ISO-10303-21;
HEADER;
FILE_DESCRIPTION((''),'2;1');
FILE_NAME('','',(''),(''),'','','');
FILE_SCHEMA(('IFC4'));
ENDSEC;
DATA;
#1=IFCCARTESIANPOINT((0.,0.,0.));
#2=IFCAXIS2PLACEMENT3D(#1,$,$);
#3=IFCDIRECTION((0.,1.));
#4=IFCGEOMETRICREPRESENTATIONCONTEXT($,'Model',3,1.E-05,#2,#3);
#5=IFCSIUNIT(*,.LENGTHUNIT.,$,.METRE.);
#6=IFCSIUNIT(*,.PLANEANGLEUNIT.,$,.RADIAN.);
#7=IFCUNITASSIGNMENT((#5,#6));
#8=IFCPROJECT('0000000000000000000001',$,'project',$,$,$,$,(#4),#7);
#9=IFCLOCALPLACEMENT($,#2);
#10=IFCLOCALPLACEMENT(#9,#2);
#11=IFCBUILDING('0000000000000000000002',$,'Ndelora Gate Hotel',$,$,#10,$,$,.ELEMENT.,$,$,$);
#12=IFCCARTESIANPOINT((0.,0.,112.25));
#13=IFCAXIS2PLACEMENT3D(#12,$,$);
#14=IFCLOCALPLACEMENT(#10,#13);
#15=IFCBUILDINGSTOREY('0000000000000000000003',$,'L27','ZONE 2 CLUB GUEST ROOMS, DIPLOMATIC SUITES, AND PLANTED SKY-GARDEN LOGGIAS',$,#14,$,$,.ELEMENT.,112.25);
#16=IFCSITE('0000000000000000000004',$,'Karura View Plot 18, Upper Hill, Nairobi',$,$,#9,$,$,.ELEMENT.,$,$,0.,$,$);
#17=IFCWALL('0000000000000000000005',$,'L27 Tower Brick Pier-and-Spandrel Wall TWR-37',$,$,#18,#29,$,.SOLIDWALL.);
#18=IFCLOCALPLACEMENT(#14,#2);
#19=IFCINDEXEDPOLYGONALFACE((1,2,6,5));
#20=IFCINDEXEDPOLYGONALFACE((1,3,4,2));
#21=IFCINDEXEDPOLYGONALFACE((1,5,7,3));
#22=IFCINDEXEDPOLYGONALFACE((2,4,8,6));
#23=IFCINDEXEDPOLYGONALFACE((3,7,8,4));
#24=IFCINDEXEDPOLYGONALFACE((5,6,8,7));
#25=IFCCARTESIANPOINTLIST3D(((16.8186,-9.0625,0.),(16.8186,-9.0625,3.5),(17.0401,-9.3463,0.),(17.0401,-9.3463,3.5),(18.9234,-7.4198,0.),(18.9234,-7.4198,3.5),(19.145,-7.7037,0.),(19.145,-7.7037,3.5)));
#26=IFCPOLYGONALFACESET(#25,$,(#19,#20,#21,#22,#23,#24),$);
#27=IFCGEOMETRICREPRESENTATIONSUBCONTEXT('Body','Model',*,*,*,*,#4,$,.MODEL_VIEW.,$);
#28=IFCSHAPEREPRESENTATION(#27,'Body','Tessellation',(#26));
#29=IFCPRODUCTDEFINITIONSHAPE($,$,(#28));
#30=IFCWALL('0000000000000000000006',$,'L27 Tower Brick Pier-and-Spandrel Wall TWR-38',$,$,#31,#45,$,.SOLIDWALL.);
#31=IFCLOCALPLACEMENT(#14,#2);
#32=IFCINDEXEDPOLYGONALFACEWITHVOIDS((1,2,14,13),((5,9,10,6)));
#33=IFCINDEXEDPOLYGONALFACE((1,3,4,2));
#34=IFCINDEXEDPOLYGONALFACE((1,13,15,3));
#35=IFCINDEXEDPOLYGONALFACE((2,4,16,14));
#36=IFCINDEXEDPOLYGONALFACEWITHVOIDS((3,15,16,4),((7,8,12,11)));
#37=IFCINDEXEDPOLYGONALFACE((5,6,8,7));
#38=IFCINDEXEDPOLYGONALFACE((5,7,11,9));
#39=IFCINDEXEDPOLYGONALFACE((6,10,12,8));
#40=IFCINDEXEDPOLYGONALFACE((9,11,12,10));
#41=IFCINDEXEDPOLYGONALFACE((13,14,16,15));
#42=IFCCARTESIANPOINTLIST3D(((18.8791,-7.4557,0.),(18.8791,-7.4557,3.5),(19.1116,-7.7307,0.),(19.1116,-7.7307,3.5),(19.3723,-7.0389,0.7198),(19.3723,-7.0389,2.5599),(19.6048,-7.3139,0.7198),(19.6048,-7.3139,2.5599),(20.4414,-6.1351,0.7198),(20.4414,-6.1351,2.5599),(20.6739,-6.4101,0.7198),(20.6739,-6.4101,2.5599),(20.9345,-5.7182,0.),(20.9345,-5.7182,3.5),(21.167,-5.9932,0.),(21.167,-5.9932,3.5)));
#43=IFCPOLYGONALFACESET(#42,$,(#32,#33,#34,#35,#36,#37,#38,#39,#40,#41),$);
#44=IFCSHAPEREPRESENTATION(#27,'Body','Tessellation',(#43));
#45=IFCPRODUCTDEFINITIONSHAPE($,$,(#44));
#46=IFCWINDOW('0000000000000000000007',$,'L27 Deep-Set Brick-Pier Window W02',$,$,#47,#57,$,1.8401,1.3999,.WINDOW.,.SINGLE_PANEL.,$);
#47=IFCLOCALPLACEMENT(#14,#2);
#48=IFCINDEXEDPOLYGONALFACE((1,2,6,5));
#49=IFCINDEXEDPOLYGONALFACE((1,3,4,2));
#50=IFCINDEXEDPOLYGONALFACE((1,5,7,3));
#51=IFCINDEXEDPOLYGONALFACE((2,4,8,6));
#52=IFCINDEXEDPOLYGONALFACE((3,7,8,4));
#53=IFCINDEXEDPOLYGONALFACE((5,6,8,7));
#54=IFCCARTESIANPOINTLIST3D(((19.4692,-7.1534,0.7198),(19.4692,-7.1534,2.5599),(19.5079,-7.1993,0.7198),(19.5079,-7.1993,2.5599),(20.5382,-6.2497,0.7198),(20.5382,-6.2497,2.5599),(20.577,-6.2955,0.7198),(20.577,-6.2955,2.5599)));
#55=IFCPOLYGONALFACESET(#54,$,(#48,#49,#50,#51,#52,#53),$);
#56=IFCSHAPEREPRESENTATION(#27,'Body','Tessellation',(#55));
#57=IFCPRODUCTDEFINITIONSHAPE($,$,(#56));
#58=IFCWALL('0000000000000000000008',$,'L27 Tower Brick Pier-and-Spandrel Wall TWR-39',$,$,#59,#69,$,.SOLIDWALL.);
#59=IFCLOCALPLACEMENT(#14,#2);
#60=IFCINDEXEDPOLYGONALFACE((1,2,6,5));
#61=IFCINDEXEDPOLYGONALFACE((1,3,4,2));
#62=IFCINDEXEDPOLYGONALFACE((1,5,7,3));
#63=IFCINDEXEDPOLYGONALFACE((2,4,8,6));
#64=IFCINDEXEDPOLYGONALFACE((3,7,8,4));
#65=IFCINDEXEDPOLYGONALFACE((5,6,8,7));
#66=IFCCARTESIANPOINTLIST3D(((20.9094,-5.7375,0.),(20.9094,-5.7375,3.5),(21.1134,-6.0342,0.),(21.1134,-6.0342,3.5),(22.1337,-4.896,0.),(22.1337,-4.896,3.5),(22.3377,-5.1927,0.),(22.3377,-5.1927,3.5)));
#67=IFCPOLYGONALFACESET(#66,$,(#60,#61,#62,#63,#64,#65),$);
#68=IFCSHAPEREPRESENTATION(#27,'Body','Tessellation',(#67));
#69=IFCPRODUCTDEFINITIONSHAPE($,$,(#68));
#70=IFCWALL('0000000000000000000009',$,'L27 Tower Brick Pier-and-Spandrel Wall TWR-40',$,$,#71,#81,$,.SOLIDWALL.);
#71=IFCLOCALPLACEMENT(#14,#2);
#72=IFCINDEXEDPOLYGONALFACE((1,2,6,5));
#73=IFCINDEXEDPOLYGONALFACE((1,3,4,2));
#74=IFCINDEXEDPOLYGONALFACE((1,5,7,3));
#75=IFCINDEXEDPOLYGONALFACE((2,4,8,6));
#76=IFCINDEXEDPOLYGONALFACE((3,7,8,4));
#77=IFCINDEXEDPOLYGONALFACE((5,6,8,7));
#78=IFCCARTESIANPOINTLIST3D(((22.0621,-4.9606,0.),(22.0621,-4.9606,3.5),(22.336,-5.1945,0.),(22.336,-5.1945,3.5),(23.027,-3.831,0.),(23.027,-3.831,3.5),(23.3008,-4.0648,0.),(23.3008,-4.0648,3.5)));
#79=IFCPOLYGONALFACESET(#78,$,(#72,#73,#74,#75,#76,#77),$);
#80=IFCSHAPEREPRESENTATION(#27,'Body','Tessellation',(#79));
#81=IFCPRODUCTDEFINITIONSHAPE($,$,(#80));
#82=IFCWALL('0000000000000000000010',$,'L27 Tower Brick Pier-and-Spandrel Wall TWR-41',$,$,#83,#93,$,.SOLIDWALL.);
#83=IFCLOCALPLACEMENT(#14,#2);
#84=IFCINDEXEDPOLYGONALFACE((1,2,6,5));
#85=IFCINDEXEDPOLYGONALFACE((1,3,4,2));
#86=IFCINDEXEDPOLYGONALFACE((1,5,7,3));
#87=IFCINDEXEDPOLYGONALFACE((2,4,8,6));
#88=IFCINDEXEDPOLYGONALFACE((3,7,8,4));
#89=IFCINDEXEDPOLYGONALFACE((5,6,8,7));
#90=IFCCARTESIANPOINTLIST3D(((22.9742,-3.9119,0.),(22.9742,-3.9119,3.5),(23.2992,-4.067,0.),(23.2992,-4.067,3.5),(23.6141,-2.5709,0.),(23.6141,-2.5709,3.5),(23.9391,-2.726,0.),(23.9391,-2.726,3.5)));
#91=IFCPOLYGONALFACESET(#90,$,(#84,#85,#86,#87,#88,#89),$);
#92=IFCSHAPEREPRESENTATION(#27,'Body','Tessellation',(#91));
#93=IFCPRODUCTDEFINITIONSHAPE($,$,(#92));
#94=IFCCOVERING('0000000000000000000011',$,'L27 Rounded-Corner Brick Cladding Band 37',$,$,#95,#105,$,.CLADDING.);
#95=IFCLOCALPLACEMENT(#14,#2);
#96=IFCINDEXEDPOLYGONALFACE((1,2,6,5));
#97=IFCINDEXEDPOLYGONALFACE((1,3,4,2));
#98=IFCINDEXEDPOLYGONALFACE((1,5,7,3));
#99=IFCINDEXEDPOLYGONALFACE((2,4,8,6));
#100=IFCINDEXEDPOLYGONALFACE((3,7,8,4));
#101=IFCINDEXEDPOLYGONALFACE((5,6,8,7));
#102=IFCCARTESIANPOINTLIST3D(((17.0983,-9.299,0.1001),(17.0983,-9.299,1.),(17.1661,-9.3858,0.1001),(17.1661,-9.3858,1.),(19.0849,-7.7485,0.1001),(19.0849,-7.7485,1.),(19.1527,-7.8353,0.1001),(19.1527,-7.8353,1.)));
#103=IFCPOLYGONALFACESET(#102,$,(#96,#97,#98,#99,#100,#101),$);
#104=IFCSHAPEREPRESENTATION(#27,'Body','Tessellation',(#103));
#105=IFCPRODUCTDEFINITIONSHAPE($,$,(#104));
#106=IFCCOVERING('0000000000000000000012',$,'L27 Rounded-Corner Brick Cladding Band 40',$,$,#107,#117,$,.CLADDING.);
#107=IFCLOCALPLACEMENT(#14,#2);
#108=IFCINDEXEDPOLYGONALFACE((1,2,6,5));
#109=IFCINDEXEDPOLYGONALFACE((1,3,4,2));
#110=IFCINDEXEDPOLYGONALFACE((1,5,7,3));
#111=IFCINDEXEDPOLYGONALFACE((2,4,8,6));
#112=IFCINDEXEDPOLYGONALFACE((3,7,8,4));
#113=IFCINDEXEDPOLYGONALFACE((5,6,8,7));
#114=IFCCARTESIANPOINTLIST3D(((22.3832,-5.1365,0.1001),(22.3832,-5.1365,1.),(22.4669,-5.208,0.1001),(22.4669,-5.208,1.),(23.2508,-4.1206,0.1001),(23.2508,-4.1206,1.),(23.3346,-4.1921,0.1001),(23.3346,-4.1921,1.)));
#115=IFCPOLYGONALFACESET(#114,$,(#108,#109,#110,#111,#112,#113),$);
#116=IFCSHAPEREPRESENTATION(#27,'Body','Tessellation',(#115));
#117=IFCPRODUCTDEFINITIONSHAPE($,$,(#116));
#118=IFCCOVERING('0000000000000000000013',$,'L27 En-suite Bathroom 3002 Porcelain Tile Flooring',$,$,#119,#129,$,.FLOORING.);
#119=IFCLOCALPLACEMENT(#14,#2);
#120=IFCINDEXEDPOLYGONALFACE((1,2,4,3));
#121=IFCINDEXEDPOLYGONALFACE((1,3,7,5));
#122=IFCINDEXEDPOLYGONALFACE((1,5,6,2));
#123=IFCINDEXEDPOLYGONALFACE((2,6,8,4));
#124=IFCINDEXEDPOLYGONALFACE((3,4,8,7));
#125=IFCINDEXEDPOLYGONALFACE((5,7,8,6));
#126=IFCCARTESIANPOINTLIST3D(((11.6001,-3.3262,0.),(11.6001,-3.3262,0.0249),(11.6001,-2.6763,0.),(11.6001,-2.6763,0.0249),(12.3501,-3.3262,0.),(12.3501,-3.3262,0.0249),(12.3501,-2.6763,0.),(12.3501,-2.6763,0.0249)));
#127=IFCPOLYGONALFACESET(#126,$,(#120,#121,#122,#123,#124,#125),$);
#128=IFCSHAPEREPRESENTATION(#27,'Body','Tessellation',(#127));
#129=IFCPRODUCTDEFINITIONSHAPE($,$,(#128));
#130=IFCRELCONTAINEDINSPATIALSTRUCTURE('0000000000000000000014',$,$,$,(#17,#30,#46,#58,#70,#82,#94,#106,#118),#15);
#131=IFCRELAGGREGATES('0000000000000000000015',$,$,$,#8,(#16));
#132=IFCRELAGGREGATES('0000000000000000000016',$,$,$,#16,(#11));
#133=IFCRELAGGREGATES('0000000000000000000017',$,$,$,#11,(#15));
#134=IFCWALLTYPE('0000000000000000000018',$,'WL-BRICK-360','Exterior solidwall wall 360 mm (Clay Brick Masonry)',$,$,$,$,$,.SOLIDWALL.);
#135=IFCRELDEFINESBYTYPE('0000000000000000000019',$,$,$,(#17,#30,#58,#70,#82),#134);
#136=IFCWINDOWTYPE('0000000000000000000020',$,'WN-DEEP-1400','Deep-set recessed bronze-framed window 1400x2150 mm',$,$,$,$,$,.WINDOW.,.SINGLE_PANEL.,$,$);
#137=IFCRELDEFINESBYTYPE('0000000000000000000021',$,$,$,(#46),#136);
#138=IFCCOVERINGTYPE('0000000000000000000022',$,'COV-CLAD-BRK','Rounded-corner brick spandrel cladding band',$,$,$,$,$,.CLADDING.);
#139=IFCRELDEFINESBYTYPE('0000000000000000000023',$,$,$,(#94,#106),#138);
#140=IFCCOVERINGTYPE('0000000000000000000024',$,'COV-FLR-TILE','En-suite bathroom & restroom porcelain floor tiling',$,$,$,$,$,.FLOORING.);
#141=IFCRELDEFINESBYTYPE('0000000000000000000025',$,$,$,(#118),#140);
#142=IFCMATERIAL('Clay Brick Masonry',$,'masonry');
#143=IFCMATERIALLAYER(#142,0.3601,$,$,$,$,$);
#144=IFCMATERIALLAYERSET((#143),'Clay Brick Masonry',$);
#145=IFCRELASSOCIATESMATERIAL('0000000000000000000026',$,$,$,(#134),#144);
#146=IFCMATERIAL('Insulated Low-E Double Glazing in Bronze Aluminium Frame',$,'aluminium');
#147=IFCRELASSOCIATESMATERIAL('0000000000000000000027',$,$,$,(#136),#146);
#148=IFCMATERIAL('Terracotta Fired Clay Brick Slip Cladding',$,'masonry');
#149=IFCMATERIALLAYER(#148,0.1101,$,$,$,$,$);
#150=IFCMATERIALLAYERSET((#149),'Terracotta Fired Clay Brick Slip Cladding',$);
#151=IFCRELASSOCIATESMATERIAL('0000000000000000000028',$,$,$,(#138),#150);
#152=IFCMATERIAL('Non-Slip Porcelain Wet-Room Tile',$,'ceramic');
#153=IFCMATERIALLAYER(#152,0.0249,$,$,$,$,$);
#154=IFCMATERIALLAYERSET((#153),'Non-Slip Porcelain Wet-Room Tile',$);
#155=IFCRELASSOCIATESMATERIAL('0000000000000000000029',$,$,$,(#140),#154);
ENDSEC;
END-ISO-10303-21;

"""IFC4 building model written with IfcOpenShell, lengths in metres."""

from ifc_helpers import new_model, si_unit, direction, frame, frame_2d, origin, origin_2d, place, context, subcontext, project, spatial, rectangle, extrude, material, layer, layer_set, type_object, element, fill, save


model = new_model("IFC4")

# Units and contexts
model_context = context("Model", 3, precision=1e-05, world=origin(), true_north=direction((0.0, 1.0)))
body_context = subcontext(model_context, "Body", "Model", "MODEL_VIEW")
ifc_project = project(units=[si_unit("LENGTHUNIT", "METRE"), si_unit("PLANEANGLEUNIT", "RADIAN")], contexts=[model_context])

# Site, building, storey
site_placement = place(None, origin())
site = spatial("IfcSite", under=ifc_project, at=site_placement, Name="Karura View Plot 18, Upper Hill, Nairobi", CompositionType="ELEMENT", RefElevation=0.0)
building_placement = place(site_placement, origin())
building = spatial("IfcBuilding", under=site, at=building_placement, Name="Ndelora Gate Hotel", CompositionType="ELEMENT")
storey_placement = place(building_placement, frame((0.0, 0.0, 112.25)))
storey = spatial("IfcBuildingStorey", under=building, at=storey_placement, Name="L27", Description="ZONE 2 CLUB GUEST ROOMS, DIPLOMATIC SUITES, AND PLANTED SKY-GARDEN LOGGIAS", CompositionType="ELEMENT", Elevation=112.25)

# Shared definitions
ifc_material_1 = material(Name="Clay Brick Masonry", Category="masonry")
ifc_layer_1 = layer(ifc_material_1, 0.3601)
ifc_layer_set_1 = layer_set([ifc_layer_1], Name="Clay Brick Masonry")
wall_type = type_object("IfcWallType", Name="WL-BRICK-360", Description="Exterior solidwall wall 360 mm (Clay Brick Masonry)", PredefinedType="SOLIDWALL", material=ifc_layer_set_1)
ifc_material_2 = material(Name="Insulated Low-E Double Glazing in Bronze Aluminium Frame", Category="aluminium")

# Wall
wall_1_placement = place(storey_placement, frame((19.0342, -7.5618, 0.0), z_axis=(0.0, 0.0, 1.0), x_axis=(-0.788342, -0.615238, 0.0)))
element("IfcWall", 1, at=wall_1_placement, inside=storey, type_object=wall_type, Name="L27 Tower Brick Pier-and-Spandrel Wall TWR-37", PredefinedType="SOLIDWALL", context=body_context, shape_type="SweptSolid", body=[
    extrude(rectangle(XDim=2.6699, YDim=0.3601, at=frame_2d((1.335, 0.0))), origin(), (0.0, 0.0, 1.0), 3.5),
])

# Wall, opening, window
wall_2_placement = place(storey_placement, frame((21.0508, -5.8557, 0.0), z_axis=(0.0, 0.0, 1.0), x_axis=(-0.763689, -0.645584, 0.0)))
wall_2 = element("IfcWall", 2, at=wall_2_placement, inside=storey, type_object=wall_type, Name="L27 Tower Brick Pier-and-Spandrel Wall TWR-38", PredefinedType="SOLIDWALL", context=body_context, shape_type="SweptSolid", body=[
    extrude(rectangle(XDim=2.6914, YDim=0.3601, at=frame_2d((1.3457, 0.0))), origin(), (0.0, 0.0, 1.0), 3.5),
])
opening_1_placement = place(wall_2_placement, frame((0.6458, 0.0, 0.72)))
opening_1 = element("IfcOpeningElement", 3, at=opening_1_placement, cuts=wall_2, PredefinedType="OPENING", context=body_context, shape_type="SweptSolid", body=[
    extrude(rectangle(XDim=1.3999, YDim=1.8401, at=frame_2d((0.7, 0.9199))), frame((0.0, 0.1899, 0.0), z_axis=(0.0, -1.0, 0.0), x_axis=(1.0, 0.0, 0.0)), (0.0, 0.0, 1.0), 0.3801),
])
window_type_1 = type_object("IfcWindowType", Name="WN-DEEP-1400", Description="Deep-set recessed bronze-framed window 1400x2150 mm", PartitioningType="SINGLE_PANEL", PredefinedType="WINDOW", material=ifc_material_2)
window_1_placement = place(opening_1_placement, origin())
window_1 = element("IfcWindow", 4, at=window_1_placement, inside=storey, type_object=window_type_1, Name="L27 Deep-Set Brick-Pier Window W02", OverallHeight=1.8401, OverallWidth=1.3999, PartitioningType="SINGLE_PANEL", PredefinedType="WINDOW", context=body_context, shape_type="SweptSolid", body=[
    extrude(rectangle(XDim=1.3999, YDim=1.8401, at=frame_2d((0.7, 0.9199))), frame((0.0, 0.03, 0.0), z_axis=(0.0, -1.0, 0.0), x_axis=(1.0, 0.0, 0.0)), (0.0, 0.0, 1.0), 0.0601),
])
fill(opening_1, window_1)

# Walls
for number, where, z_axis, x_axis, name in (
    (5, (22.2356, -5.0444, 0.0), (0.0, 0.0, 1.0), (-0.824104, -0.566438, 0.0), "L27 Tower Brick Pier-and-Spandrel Wall TWR-39"),
    (6, (23.1638, -3.948, 0.0), (0.0, 0.0, 1.0), (-0.649464, -0.760392, 0.0), "L27 Tower Brick Pier-and-Spandrel Wall TWR-40"),
):
    element("IfcWall", number, at=place(storey_placement, frame(where, z_axis=z_axis, x_axis=x_axis)), inside=storey, type_object=wall_type, Name=name, PredefinedType="SOLIDWALL", context=body_context, shape_type="SweptSolid", body=[
        extrude(rectangle(XDim=1.4856, YDim=0.3601, at=frame_2d((0.7427, 0.0))), origin(), (0.0, 0.0, 1.0), 3.5),
    ])
wall_3_placement = place(storey_placement, frame((23.7766, -2.6484, 0.0), z_axis=(0.0, 0.0, 1.0), x_axis=(-0.430641, -0.902523, 0.0)))
element("IfcWall", 7, at=wall_3_placement, inside=storey, type_object=wall_type, Name="L27 Tower Brick Pier-and-Spandrel Wall TWR-41", PredefinedType="SOLIDWALL", context=body_context, shape_type="SweptSolid", body=[
    extrude(rectangle(XDim=1.4858, YDim=0.3601, at=frame_2d((0.7429, 0.0))), origin(), (0.0, 0.0, 1.0), 3.5),
])

# Coverings
ifc_material_3 = material(Name="Terracotta Fired Clay Brick Slip Cladding", Category="masonry")
ifc_layer_2 = layer(ifc_material_3, 0.1101)
ifc_layer_set_2 = layer_set([ifc_layer_2], Name="Terracotta Fired Clay Brick Slip Cladding")
covering_type_1 = type_object("IfcCoveringType", Name="COV-CLAD-BRK", Description="Rounded-corner brick spandrel cladding band", PredefinedType="CLADDING", material=ifc_layer_set_2)
covering_1_placement = place(storey_placement, frame((18.1255, -8.5671, 0.1001), z_axis=(0.0, 0.0, 1.0), x_axis=(0.788333, 0.615249, 0.0)))
element("IfcCovering", 8, at=covering_1_placement, inside=storey, type_object=covering_type_1, Name="L27 Rounded-Corner Brick Cladding Band 37", PredefinedType="CLADDING", context=body_context, shape_type="SweptSolid", body=[
    extrude(rectangle(XDim=2.52, YDim=0.1101, at=origin_2d()), origin(), (0.0, 0.0, 1.0), 0.8999),
])
covering_2_placement = place(storey_placement, frame((22.8589, -4.6643, 0.1001), z_axis=(0.0, 0.0, 1.0), x_axis=(0.649448, 0.760406, 0.0)))
element("IfcCovering", 9, at=covering_2_placement, inside=storey, type_object=covering_type_1, Name="L27 Rounded-Corner Brick Cladding Band 40", PredefinedType="CLADDING", context=body_context, shape_type="SweptSolid", body=[
    extrude(rectangle(XDim=1.3359, YDim=0.1101, at=origin_2d()), origin(), (0.0, 0.0, 1.0), 0.8999),
])
ifc_material_4 = material(Name="Non-Slip Porcelain Wet-Room Tile", Category="ceramic")
ifc_layer_3 = layer(ifc_material_4, 0.0249)
ifc_layer_set_3 = layer_set([ifc_layer_3], Name="Non-Slip Porcelain Wet-Room Tile")
covering_type_2 = type_object("IfcCoveringType", Name="COV-FLR-TILE", Description="En-suite bathroom & restroom porcelain floor tiling", PredefinedType="FLOORING", material=ifc_layer_set_3)
covering_3_placement = place(storey_placement, frame((11.9751, -3.0012, 0.0), z_axis=(0.0, 0.0, 1.0), x_axis=(1.0, 0.0, 0.0)))
element("IfcCovering", 10, at=covering_3_placement, inside=storey, type_object=covering_type_2, Name="L27 En-suite Bathroom 3002 Porcelain Tile Flooring", PredefinedType="FLOORING", context=body_context, shape_type="SweptSolid", body=[
    extrude(rectangle(XDim=0.75, YDim=0.6499, at=origin_2d()), origin(), (0.0, 0.0, 1.0), 0.0249),
])

save(model, "model.ifc")
